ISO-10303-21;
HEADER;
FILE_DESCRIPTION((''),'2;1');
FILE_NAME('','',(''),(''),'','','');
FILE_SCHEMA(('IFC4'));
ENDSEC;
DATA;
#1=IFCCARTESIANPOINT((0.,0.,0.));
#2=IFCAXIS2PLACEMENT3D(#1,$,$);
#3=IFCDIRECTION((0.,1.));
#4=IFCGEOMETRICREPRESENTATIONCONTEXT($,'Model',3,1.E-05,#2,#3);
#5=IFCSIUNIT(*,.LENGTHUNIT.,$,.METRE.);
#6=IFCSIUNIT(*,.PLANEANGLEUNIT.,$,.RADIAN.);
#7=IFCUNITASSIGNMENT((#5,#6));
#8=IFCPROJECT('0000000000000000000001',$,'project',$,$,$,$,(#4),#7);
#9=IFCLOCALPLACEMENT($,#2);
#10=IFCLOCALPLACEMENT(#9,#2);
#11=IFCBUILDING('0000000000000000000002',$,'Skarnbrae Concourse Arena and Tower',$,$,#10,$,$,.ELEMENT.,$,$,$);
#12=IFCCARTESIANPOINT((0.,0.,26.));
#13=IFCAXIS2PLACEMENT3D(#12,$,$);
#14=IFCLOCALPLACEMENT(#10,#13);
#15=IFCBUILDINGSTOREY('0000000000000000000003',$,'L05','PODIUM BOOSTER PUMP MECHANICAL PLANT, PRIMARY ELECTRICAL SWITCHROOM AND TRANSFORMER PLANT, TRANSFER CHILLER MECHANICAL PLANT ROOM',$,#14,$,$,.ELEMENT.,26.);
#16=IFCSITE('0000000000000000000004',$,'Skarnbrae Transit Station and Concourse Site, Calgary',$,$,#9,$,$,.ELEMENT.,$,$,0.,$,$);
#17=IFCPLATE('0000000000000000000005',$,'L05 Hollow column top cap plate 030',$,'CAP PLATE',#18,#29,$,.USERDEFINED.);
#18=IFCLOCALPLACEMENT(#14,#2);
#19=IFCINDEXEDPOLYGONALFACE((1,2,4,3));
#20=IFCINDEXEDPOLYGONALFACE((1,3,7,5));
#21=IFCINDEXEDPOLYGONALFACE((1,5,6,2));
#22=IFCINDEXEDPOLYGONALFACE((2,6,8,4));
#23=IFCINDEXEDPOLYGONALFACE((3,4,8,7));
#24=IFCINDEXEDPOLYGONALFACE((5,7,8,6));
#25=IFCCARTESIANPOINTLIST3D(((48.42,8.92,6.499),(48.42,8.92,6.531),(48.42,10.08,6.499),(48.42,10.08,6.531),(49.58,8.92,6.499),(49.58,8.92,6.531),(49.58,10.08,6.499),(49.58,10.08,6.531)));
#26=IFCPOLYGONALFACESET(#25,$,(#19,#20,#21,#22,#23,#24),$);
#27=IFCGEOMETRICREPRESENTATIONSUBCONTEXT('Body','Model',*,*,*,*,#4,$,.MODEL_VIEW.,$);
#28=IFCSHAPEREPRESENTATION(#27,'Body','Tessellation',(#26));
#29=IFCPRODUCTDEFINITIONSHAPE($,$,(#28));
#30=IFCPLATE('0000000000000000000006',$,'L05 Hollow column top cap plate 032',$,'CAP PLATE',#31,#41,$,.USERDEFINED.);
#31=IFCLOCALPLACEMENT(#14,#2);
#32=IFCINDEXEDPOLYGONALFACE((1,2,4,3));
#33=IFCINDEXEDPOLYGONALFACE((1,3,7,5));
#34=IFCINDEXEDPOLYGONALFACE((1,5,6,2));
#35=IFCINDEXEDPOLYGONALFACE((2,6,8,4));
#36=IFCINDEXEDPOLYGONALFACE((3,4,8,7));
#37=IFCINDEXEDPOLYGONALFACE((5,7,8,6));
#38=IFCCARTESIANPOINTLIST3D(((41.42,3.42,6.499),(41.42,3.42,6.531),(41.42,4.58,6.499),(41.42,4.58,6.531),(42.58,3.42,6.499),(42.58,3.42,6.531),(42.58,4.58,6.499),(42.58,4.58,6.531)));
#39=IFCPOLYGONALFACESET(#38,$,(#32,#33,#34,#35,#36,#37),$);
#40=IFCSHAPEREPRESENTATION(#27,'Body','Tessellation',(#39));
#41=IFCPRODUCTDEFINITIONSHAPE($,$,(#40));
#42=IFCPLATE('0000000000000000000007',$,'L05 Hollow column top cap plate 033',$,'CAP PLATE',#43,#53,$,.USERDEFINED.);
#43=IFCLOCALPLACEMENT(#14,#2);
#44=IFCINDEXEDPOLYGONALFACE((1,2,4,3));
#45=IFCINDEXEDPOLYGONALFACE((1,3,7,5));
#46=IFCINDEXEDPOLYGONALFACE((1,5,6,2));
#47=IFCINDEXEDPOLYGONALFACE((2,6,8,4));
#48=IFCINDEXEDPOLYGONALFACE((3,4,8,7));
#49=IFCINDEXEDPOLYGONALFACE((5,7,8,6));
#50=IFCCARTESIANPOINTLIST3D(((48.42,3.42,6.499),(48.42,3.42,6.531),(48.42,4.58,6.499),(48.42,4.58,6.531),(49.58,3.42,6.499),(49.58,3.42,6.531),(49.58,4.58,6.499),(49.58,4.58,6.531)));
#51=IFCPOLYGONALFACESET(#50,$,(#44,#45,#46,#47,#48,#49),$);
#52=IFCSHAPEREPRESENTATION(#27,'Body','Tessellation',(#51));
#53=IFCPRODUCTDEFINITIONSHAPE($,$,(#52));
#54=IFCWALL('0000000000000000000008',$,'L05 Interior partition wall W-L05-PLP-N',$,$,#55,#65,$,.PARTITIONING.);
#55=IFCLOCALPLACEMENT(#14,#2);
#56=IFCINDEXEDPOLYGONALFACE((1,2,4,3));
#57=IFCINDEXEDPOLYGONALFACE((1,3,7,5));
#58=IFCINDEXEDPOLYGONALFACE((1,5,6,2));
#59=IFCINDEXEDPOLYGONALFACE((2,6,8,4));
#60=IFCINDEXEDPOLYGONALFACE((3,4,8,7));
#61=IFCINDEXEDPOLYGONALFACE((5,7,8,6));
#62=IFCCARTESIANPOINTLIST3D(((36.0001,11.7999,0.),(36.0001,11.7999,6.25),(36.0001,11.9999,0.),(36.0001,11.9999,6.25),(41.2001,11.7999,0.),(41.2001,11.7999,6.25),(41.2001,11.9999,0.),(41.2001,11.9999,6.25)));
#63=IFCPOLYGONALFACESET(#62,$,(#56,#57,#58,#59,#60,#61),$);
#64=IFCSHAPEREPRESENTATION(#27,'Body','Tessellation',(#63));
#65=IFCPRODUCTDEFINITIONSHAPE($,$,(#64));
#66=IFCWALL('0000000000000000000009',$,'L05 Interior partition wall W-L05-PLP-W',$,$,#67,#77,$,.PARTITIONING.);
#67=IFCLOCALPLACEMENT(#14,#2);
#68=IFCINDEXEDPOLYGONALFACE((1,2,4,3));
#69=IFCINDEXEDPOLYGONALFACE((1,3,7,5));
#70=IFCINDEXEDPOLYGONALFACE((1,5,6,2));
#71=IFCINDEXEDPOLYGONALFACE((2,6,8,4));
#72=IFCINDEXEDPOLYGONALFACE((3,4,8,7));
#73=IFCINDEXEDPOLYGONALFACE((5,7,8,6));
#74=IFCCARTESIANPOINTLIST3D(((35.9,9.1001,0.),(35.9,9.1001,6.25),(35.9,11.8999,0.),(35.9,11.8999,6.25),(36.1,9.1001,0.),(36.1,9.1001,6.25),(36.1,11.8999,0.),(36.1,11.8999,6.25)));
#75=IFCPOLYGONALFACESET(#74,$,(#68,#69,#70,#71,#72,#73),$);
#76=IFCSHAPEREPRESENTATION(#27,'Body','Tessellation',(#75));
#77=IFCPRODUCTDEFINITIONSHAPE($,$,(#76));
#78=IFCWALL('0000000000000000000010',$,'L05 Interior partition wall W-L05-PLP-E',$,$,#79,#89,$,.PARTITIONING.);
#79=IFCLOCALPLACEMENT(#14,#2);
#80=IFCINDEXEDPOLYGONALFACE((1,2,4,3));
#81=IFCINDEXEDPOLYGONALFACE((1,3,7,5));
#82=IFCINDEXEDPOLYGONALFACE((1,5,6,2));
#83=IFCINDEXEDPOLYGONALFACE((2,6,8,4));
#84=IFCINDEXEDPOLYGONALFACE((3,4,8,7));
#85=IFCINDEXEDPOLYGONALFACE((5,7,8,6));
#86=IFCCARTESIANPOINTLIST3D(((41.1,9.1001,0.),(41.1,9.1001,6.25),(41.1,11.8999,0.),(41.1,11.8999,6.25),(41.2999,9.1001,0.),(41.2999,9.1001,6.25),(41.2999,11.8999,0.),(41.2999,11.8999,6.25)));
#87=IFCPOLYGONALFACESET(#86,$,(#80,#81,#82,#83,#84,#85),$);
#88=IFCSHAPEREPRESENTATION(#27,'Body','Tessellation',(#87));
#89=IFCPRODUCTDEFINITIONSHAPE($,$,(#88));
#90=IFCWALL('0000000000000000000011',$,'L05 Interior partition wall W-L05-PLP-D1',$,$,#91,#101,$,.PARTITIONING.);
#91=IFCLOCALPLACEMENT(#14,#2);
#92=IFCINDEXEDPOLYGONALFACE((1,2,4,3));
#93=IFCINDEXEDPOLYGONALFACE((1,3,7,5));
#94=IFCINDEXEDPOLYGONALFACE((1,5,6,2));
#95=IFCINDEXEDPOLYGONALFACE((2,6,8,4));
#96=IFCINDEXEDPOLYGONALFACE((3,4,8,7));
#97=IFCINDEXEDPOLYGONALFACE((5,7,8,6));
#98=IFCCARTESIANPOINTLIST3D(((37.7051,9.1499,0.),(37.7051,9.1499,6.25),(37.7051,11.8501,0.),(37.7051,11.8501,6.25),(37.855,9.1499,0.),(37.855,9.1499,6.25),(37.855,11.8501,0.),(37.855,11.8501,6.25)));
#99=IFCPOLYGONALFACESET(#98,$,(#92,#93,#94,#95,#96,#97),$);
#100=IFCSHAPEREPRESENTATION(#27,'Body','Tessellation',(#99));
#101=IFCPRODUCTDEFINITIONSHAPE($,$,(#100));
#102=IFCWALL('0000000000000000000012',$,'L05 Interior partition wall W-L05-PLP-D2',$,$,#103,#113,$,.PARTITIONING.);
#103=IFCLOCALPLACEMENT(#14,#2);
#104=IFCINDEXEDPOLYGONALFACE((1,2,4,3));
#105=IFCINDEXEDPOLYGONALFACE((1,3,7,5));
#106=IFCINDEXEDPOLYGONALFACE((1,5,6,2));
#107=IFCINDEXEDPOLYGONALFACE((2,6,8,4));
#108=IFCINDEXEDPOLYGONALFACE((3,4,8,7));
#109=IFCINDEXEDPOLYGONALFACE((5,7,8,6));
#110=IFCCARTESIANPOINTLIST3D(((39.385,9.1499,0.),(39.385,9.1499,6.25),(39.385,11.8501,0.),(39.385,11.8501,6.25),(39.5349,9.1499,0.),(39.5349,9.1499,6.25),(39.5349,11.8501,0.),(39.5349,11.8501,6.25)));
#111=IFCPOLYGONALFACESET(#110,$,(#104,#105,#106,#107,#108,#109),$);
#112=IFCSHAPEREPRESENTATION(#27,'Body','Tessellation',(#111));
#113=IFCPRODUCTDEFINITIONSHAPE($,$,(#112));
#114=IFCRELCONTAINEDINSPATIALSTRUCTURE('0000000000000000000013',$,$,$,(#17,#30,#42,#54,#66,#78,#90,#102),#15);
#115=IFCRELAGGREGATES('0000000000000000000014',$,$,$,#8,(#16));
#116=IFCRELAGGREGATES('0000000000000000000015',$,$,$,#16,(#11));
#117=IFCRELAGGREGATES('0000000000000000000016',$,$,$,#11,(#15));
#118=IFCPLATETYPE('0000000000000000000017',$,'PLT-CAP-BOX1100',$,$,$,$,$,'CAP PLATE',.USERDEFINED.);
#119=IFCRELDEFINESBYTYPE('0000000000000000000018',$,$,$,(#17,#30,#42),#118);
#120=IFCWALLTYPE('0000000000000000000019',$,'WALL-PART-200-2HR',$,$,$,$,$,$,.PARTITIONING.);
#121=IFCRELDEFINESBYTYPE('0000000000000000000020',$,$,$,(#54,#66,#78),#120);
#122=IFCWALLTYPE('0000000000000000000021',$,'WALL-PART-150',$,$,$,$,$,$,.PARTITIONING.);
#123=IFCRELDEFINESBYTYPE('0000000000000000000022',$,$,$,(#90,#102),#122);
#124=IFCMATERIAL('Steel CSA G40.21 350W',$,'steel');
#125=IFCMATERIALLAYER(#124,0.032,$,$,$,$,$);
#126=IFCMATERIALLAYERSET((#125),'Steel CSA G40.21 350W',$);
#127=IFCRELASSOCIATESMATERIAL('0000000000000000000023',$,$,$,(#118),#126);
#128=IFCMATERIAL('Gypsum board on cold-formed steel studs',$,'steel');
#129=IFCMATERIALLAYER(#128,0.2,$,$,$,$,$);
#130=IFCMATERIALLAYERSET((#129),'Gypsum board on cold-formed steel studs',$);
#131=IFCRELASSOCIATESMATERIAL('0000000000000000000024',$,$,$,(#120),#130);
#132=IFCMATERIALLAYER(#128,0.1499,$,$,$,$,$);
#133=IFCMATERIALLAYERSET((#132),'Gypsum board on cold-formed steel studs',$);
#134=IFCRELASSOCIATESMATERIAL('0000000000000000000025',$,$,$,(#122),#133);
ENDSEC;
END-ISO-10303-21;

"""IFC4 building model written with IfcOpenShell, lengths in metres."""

from ifc_helpers import new_model, si_unit, direction, frame, frame_2d, origin, origin_2d, place, context, subcontext, project, spatial, rectangle, extrude, source, transform, mapped, material, layer, layer_set, type_object, element, save


model = new_model("IFC4")

# Units and contexts
model_context = context("Model", 3, precision=1e-05, world=origin(), true_north=direction((0.0, 1.0)))
body_context = subcontext(model_context, "Body", "Model", "MODEL_VIEW")
ifc_project = project(units=[si_unit("LENGTHUNIT", "METRE"), si_unit("PLANEANGLEUNIT", "RADIAN")], contexts=[model_context])

# Site, building, storey
site_placement = place(None, origin())
site = spatial("IfcSite", under=ifc_project, at=site_placement, Name="Skarnbrae Transit Station and Concourse Site, Calgary", CompositionType="ELEMENT", RefElevation=0.0)
building_placement = place(site_placement, origin())
building = spatial("IfcBuilding", under=site, at=building_placement, Name="Skarnbrae Concourse Arena and Tower", CompositionType="ELEMENT")
storey_placement = place(building_placement, frame((0.0, 0.0, 26.0)))
storey = spatial("IfcBuildingStorey", under=building, at=storey_placement, Name="L05", Description="PODIUM BOOSTER PUMP MECHANICAL PLANT, PRIMARY ELECTRICAL SWITCHROOM AND TRANSFORMER PLANT, TRANSFER CHILLER MECHANICAL PLANT ROOM", CompositionType="ELEMENT", Elevation=26.0)

# Shared definitions
ifc_material_1 = material(Name="Steel CSA G40.21 350W", Category="steel")

# Plates
ifc_layer_1 = layer(ifc_material_1, 0.032)
ifc_layer_set_1 = layer_set([ifc_layer_1], Name="Steel CSA G40.21 350W")
plate_type = type_object("IfcPlateType", Name="PLT-CAP-BOX1100", ElementType="CAP PLATE", PredefinedType="USERDEFINED", material=ifc_layer_set_1)
shared_shape_1 = source(origin(), body_context, "Body", "SweptSolid", [
    extrude(rectangle(XDim=1.1599, YDim=1.1599, at=origin_2d()), origin(), (0.0, 0.0, 1.0), 0.032),
])
for number, where, z_axis, x_axis, name in (
    (1, (49.0, 9.5, 6.499), (0.0, 0.0, 1.0), (1.0, 0.0, 0.0), "L05 Hollow column top cap plate 030"),
    (2, (42.0, 4.0, 6.499), (0.0, 0.0, 1.0), (1.0, 0.0, 0.0), "L05 Hollow column top cap plate 032"),
    (3, (49.0, 4.0, 6.499), (0.0, 0.0, 1.0), (1.0, 0.0, 0.0), "L05 Hollow column top cap plate 033"),
):
    element("IfcPlate", number, at=place(storey_placement, frame(where, z_axis=z_axis, x_axis=x_axis)), inside=storey, type_object=plate_type, Name=name, ObjectType="CAP PLATE", PredefinedType="USERDEFINED", context=body_context, shape_type="MappedRepresentation", body=[
        mapped(shared_shape_1, transform((0.0, 0.0, 0.0))),
    ])

# Walls
ifc_material_2 = material(Name="Gypsum board on cold-formed steel studs", Category="steel")
ifc_layer_2 = layer(ifc_material_2, 0.2)
ifc_layer_set_2 = layer_set([ifc_layer_2], Name="Gypsum board on cold-formed steel studs")
wall_type_1 = type_object("IfcWallType", Name="WALL-PART-200-2HR", PredefinedType="PARTITIONING", material=ifc_layer_set_2)
shared_shape_2 = source(origin(), body_context, "Body", "SweptSolid", [
    extrude(rectangle(XDim=5.2, YDim=0.2, at=frame_2d((2.6001, 0.0))), origin(), (0.0, 0.0, 1.0), 6.25),
])
wall_placement = place(storey_placement, frame((36.0, 11.8999, 0.0), z_axis=(0.0, 0.0, 1.0), x_axis=(1.0, 0.0, 0.0)))
element("IfcWall", 4, at=wall_placement, inside=storey, type_object=wall_type_1, Name="L05 Interior partition wall W-L05-PLP-N", PredefinedType="PARTITIONING", context=body_context, shape_type="MappedRepresentation", body=[
    mapped(shared_shape_2, transform((0.0, 0.0, 0.0))),
])
shared_shape_3 = source(origin(), body_context, "Body", "SweptSolid", [
    extrude(rectangle(XDim=2.7998, YDim=0.2, at=frame_2d((1.3999, 0.0))), origin(), (0.0, 0.0, 1.0), 6.25),
])
for number, where, z_axis, x_axis, name in (
    (5, (36.0, 9.1001, 0.0), (0.0, 0.0, 1.0), (0.0, 1.0, 0.0), "L05 Interior partition wall W-L05-PLP-W"),
    (6, (41.2, 9.1001, 0.0), (0.0, 0.0, 1.0), (0.0, 1.0, 0.0), "L05 Interior partition wall W-L05-PLP-E"),
):
    element("IfcWall", number, at=place(storey_placement, frame(where, z_axis=z_axis, x_axis=x_axis)), inside=storey, type_object=wall_type_1, Name=name, PredefinedType="PARTITIONING", context=body_context, shape_type="MappedRepresentation", body=[
        mapped(shared_shape_3, transform((0.0, 0.0, 0.0))),
    ])
ifc_layer_3 = layer(ifc_material_2, 0.1499)
ifc_layer_set_3 = layer_set([ifc_layer_3], Name="Gypsum board on cold-formed steel studs")
wall_type_2 = type_object("IfcWallType", Name="WALL-PART-150", PredefinedType="PARTITIONING", material=ifc_layer_set_3)
shared_shape_4 = source(origin(), body_context, "Body", "SweptSolid", [
    extrude(rectangle(XDim=2.7002, YDim=0.1499, at=frame_2d((1.3501, 0.0))), origin(), (0.0, 0.0, 1.0), 6.25),
])
for number, where, z_axis, x_axis, name in (
    (7, (37.78, 9.1499, 0.0), (0.0, 0.0, 1.0), (0.0, 1.0, 0.0), "L05 Interior partition wall W-L05-PLP-D1"),
    (8, (39.46, 9.1499, 0.0), (0.0, 0.0, 1.0), (0.0, 1.0, 0.0), "L05 Interior partition wall W-L05-PLP-D2"),
):
    element("IfcWall", number, at=place(storey_placement, frame(where, z_axis=z_axis, x_axis=x_axis)), inside=storey, type_object=wall_type_2, Name=name, PredefinedType="PARTITIONING", context=body_context, shape_type="MappedRepresentation", body=[
        mapped(shared_shape_4, transform((0.0, 0.0, 0.0))),
    ])

save(model, "model.ifc")
